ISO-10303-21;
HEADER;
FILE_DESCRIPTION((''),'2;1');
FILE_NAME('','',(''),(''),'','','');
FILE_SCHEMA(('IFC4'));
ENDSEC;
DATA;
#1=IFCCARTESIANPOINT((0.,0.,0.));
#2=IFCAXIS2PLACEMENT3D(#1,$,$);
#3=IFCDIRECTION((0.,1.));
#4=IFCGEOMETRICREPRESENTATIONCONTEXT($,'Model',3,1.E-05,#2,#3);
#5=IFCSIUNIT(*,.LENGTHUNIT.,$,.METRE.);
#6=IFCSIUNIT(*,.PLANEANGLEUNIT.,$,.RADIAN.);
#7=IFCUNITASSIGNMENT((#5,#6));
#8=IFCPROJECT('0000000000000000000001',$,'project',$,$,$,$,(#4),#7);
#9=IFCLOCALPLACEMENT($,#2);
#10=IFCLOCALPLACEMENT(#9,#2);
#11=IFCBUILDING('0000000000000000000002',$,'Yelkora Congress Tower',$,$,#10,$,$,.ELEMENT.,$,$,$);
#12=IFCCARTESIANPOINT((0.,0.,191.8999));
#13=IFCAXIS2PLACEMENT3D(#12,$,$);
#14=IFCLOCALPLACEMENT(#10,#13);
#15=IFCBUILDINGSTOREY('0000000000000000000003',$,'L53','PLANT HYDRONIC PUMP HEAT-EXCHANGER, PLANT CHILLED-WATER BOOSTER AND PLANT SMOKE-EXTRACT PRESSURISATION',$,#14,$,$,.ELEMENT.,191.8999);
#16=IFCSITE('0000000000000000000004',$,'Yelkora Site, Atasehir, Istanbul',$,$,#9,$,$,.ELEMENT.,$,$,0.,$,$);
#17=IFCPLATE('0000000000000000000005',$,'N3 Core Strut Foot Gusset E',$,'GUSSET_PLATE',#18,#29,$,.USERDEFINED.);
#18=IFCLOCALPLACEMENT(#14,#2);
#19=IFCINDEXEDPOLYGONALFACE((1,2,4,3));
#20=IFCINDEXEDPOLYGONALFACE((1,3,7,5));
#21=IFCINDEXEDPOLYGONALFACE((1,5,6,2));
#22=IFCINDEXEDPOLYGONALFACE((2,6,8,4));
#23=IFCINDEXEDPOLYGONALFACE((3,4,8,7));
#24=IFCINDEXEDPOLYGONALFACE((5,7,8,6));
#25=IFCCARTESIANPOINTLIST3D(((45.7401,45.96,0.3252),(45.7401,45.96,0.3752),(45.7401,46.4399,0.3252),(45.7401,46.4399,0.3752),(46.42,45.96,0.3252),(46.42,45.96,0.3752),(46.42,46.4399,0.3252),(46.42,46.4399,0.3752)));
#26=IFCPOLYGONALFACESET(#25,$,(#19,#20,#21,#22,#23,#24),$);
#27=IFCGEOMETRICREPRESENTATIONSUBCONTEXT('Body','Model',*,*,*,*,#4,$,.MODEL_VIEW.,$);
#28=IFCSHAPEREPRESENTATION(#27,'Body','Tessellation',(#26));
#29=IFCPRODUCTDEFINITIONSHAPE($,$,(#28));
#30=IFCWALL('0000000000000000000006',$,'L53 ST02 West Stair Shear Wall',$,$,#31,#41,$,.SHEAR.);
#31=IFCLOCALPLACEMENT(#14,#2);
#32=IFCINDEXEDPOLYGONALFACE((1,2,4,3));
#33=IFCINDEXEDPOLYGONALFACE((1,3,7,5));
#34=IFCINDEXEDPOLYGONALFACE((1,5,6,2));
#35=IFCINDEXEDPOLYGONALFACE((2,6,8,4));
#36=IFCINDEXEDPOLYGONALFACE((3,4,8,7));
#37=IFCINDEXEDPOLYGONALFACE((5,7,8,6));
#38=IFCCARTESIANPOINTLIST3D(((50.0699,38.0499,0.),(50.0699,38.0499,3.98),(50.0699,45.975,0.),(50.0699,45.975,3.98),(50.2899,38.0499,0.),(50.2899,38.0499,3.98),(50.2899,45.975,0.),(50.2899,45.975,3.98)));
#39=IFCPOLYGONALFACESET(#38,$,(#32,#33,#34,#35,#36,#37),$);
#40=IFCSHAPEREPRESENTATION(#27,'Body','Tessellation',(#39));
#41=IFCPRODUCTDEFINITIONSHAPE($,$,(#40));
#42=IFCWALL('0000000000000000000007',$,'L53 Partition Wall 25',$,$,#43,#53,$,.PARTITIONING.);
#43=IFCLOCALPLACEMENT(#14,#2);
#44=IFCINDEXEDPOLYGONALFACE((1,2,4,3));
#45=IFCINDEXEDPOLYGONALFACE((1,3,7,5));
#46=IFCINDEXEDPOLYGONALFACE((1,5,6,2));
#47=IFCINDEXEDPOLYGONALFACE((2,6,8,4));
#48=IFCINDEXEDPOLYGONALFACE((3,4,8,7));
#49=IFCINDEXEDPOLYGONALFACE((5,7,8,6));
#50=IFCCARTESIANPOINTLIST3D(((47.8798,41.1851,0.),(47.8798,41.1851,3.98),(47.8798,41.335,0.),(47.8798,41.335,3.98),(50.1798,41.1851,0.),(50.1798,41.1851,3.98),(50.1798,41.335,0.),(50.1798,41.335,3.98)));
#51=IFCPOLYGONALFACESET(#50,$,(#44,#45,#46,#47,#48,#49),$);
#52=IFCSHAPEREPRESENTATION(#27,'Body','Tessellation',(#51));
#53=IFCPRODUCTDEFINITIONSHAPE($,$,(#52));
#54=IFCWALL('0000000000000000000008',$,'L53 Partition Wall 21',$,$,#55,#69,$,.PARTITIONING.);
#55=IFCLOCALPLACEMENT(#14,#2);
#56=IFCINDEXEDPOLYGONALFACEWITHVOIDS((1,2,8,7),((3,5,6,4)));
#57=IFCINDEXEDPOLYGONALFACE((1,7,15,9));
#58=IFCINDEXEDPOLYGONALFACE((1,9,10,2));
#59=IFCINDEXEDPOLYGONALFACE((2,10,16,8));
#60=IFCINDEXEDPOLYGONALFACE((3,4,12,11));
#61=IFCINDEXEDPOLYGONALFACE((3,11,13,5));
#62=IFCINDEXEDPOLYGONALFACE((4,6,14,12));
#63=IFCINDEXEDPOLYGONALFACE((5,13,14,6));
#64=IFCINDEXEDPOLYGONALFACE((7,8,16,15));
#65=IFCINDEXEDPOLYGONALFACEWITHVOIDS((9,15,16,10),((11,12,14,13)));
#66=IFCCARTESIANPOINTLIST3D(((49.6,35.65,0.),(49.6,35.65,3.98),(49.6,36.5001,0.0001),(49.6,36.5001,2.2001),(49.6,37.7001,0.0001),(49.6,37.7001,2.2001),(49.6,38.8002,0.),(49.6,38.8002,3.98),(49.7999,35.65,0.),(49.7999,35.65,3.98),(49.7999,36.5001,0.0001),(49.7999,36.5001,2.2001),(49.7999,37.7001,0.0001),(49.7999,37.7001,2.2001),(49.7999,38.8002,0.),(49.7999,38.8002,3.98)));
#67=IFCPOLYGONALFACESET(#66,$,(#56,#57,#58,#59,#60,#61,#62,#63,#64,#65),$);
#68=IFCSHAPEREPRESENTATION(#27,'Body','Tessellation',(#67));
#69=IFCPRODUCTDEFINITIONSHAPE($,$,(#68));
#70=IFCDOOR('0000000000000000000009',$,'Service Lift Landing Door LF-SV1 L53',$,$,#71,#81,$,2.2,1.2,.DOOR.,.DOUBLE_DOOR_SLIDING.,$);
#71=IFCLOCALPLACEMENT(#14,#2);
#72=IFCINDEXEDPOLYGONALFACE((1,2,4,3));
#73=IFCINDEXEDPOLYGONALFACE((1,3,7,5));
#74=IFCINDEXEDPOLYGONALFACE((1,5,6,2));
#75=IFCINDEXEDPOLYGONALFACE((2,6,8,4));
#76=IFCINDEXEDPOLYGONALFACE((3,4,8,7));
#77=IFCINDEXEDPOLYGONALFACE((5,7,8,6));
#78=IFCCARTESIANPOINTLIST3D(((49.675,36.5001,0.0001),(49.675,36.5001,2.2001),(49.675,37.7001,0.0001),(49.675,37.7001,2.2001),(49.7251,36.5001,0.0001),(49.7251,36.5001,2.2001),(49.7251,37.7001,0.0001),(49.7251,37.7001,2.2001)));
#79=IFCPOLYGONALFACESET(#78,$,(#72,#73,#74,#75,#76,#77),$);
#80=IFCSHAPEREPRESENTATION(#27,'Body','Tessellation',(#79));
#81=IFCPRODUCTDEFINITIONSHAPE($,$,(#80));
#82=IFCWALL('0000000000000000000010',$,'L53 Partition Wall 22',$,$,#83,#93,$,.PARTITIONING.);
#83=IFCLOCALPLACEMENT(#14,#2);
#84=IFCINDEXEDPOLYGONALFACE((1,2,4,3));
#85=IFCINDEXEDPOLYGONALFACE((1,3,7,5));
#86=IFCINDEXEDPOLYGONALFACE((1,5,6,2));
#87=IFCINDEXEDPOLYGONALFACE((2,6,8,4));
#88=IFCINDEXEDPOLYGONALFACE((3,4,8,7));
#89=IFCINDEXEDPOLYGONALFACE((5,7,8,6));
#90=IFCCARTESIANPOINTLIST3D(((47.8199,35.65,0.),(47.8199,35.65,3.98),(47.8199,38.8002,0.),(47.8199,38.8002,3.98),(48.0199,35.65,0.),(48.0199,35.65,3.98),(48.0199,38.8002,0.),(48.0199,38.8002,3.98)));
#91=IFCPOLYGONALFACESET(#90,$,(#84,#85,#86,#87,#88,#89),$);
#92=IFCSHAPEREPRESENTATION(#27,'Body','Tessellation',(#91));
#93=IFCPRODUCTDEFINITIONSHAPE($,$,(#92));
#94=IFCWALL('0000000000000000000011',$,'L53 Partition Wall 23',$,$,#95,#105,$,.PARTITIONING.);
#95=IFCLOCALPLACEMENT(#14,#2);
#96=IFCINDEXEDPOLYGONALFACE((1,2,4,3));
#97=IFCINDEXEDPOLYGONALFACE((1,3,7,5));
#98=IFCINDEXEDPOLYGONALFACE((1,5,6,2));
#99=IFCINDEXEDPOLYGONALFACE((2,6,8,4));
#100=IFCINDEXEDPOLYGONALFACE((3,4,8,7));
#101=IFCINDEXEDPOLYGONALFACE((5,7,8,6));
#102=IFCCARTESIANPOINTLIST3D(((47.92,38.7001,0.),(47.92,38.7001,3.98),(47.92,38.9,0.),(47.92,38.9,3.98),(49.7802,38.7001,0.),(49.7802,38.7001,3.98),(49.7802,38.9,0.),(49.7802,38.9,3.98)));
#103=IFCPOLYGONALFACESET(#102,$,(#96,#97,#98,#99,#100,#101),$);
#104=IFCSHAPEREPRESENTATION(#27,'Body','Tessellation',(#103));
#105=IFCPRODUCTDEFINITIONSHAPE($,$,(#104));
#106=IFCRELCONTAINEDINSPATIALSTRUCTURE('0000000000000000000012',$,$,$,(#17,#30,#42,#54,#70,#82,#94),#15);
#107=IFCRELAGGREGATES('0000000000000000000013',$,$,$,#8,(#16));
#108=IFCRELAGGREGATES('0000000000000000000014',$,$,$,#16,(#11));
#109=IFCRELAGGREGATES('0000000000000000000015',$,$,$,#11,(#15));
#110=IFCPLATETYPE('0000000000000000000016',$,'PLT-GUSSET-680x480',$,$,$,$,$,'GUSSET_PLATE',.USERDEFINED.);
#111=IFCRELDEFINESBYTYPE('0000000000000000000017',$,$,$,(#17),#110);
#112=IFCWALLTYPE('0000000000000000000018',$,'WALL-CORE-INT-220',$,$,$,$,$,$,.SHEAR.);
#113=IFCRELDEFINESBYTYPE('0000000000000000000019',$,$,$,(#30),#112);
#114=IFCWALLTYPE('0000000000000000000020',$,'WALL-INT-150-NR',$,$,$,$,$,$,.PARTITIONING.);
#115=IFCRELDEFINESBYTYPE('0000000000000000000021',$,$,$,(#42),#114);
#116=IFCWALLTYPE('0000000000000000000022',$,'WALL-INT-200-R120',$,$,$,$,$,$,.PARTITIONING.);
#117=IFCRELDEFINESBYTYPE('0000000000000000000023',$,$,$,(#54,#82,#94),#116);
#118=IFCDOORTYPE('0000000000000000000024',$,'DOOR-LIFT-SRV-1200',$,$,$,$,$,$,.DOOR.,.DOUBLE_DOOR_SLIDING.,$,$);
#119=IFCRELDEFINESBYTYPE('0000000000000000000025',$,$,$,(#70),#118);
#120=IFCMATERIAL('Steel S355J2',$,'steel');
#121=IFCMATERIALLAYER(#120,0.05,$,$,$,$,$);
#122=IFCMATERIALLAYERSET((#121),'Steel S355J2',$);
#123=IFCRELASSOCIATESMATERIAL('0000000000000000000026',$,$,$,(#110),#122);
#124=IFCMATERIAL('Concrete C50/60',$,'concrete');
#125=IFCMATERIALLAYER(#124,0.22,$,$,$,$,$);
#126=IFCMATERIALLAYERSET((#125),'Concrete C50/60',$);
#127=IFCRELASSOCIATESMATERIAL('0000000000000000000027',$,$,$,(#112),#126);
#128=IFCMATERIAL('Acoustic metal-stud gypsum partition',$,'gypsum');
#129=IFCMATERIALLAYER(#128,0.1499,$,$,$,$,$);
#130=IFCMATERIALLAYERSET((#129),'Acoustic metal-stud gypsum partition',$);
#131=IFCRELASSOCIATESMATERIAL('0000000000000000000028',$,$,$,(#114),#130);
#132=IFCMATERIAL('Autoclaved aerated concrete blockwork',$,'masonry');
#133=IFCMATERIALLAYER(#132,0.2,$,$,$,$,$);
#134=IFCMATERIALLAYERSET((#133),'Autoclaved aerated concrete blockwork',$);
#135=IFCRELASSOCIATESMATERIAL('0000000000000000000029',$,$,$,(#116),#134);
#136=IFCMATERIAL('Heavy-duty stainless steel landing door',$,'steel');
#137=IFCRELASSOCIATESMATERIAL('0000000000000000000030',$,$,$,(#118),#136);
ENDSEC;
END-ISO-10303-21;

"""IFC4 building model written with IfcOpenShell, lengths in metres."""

from ifc_helpers import new_model, si_unit, direction, frame, frame_2d, origin, origin_2d, place, context, subcontext, project, spatial, rectangle, extrude, material, layer, layer_set, type_object, element, fill, save


model = new_model("IFC4")

# Units and contexts
model_context = context("Model", 3, precision=1e-05, world=origin(), true_north=direction((0.0, 1.0)))
body_context = subcontext(model_context, "Body", "Model", "MODEL_VIEW")
ifc_project = project(units=[si_unit("LENGTHUNIT", "METRE"), si_unit("PLANEANGLEUNIT", "RADIAN")], contexts=[model_context])

# Site, building, storey
site_placement = place(None, origin())
site = spatial("IfcSite", under=ifc_project, at=site_placement, Name="Yelkora Site, Atasehir, Istanbul", CompositionType="ELEMENT", RefElevation=0.0)
building_placement = place(site_placement, origin())
building = spatial("IfcBuilding", under=site, at=building_placement, Name="Yelkora Congress Tower", CompositionType="ELEMENT")
storey_placement = place(building_placement, frame((0.0, 0.0, 191.8999)))
storey = spatial("IfcBuildingStorey", under=building, at=storey_placement, Name="L53", Description="PLANT HYDRONIC PUMP HEAT-EXCHANGER, PLANT CHILLED-WATER BOOSTER AND PLANT SMOKE-EXTRACT PRESSURISATION", CompositionType="ELEMENT", Elevation=191.8999)

# Shared definitions
ifc_material_1 = material(Name="Steel S355J2", Category="steel")

# Plate
ifc_layer_1 = layer(ifc_material_1, 0.05)
ifc_layer_set_1 = layer_set([ifc_layer_1], Name="Steel S355J2")
plate_type = type_object("IfcPlateType", Name="PLT-GUSSET-680x480", ElementType="GUSSET_PLATE", PredefinedType="USERDEFINED", material=ifc_layer_set_1)
plate_placement = place(storey_placement, frame((46.0801, 46.2, 0.3252), z_axis=(0.0, 0.0, 1.0), x_axis=(1.0, 0.0, 0.0)))
element("IfcPlate", 1, at=plate_placement, inside=storey, type_object=plate_type, Name="N3 Core Strut Foot Gusset E", ObjectType="GUSSET_PLATE", PredefinedType="USERDEFINED", context=body_context, shape_type="SweptSolid", body=[
    extrude(rectangle(XDim=0.6799, YDim=0.48, at=origin_2d()), origin(), (0.0, 0.0, 1.0), 0.05),
])

# Walls
ifc_material_2 = material(Name="Concrete C50/60", Category="concrete")
ifc_layer_2 = layer(ifc_material_2, 0.22)
ifc_layer_set_2 = layer_set([ifc_layer_2], Name="Concrete C50/60")
wall_type_1 = type_object("IfcWallType", Name="WALL-CORE-INT-220", PredefinedType="SHEAR", material=ifc_layer_set_2)
wall_1_placement = place(storey_placement, frame((50.1799, 38.05, 0.0), z_axis=(0.0, 0.0, 1.0), x_axis=(0.0, 1.0, 0.0)))
element("IfcWall", 2, at=wall_1_placement, inside=storey, type_object=wall_type_1, Name="L53 ST02 West Stair Shear Wall", PredefinedType="SHEAR", context=body_context, shape_type="SweptSolid", body=[
    extrude(rectangle(XDim=7.925, YDim=0.22, at=frame_2d((3.9624, 0.0))), origin(), (0.0, 0.0, 1.0), 3.98),
])
ifc_material_3 = material(Name="Acoustic metal-stud gypsum partition", Category="gypsum")
ifc_layer_3 = layer(ifc_material_3, 0.1499)
ifc_layer_set_3 = layer_set([ifc_layer_3], Name="Acoustic metal-stud gypsum partition")
wall_type_2 = type_object("IfcWallType", Name="WALL-INT-150-NR", PredefinedType="PARTITIONING", material=ifc_layer_set_3)
wall_2_placement = place(storey_placement, frame((47.8799, 41.26, 0.0), z_axis=(0.0, 0.0, 1.0), x_axis=(1.0, 0.0, 0.0)))
element("IfcWall", 3, at=wall_2_placement, inside=storey, type_object=wall_type_2, Name="L53 Partition Wall 25", PredefinedType="PARTITIONING", context=body_context, shape_type="SweptSolid", body=[
    extrude(rectangle(XDim=2.3, YDim=0.1499, at=frame_2d((1.1499, 0.0))), origin(), (0.0, 0.0, 1.0), 3.98),
])

# Wall, opening, door
ifc_material_4 = material(Name="Autoclaved aerated concrete blockwork", Category="masonry")
ifc_layer_4 = layer(ifc_material_4, 0.2)
ifc_layer_set_4 = layer_set([ifc_layer_4], Name="Autoclaved aerated concrete blockwork")
wall_type_3 = type_object("IfcWallType", Name="WALL-INT-200-R120", PredefinedType="PARTITIONING", material=ifc_layer_set_4)
wall_3_placement = place(storey_placement, frame((49.7, 35.6499, 0.0), z_axis=(0.0, 0.0, 1.0), x_axis=(0.0, 1.0, 0.0)))
wall_3 = element("IfcWall", 4, at=wall_3_placement, inside=storey, type_object=wall_type_3, Name="L53 Partition Wall 21", PredefinedType="PARTITIONING", context=body_context, shape_type="SweptSolid", body=[
    extrude(rectangle(XDim=3.1501, YDim=0.2, at=frame_2d((1.5752, 0.0))), origin(), (0.0, 0.0, 1.0), 3.98),
])
opening_1_placement = place(wall_3_placement, frame((0.8501, 0.0, 0.0)))
opening_1 = element("IfcOpeningElement", 5, at=opening_1_placement, cuts=wall_3, PredefinedType="OPENING", context=body_context, shape_type="SweptSolid", body=[
    extrude(rectangle(XDim=1.2, YDim=2.2, at=frame_2d((0.6001, 1.1001))), frame((0.0, 0.1099, 0.0), z_axis=(0.0, -1.0, 0.0), x_axis=(1.0, 0.0, 0.0)), (0.0, 0.0, 1.0), 0.22),
])
ifc_material_5 = material(Name="Heavy-duty stainless steel landing door", Category="steel")
door_type_1 = type_object("IfcDoorType", Name="DOOR-LIFT-SRV-1200", OperationType="DOUBLE_DOOR_SLIDING", PredefinedType="DOOR", material=ifc_material_5)
door_1_placement = place(opening_1_placement, origin())
door_1 = element("IfcDoor", 6, at=door_1_placement, inside=storey, type_object=door_type_1, Name="Service Lift Landing Door LF-SV1 L53", OperationType="DOUBLE_DOOR_SLIDING", OverallHeight=2.2, OverallWidth=1.2, PredefinedType="DOOR", context=body_context, shape_type="SweptSolid", body=[
    extrude(rectangle(XDim=1.2, YDim=2.2, at=frame_2d((0.6001, 1.1001))), frame((0.0, 0.0249, 0.0), z_axis=(0.0, -1.0, 0.0), x_axis=(1.0, 0.0, 0.0)), (0.0, 0.0, 1.0), 0.05),
])
fill(opening_1, door_1)

# Walls
wall_4_placement = place(storey_placement, frame((47.9199, 35.6499, 0.0), z_axis=(0.0, 0.0, 1.0), x_axis=(0.0, 1.0, 0.0)))
element("IfcWall", 7, at=wall_4_placement, inside=storey, type_object=wall_type_3, Name="L53 Partition Wall 22", PredefinedType="PARTITIONING", context=body_context, shape_type="SweptSolid", body=[
    extrude(rectangle(XDim=3.1501, YDim=0.2, at=frame_2d((1.5752, 0.0))), origin(), (0.0, 0.0, 1.0), 3.98),
])
wall_5_placement = place(storey_placement, frame((47.9199, 38.8, 0.0), z_axis=(0.0, 0.0, 1.0), x_axis=(1.0, 0.0, 0.0)))
element("IfcWall", 8, at=wall_5_placement, inside=storey, type_object=wall_type_3, Name="L53 Partition Wall 23", PredefinedType="PARTITIONING", context=body_context, shape_type="SweptSolid", body=[
    extrude(rectangle(XDim=1.8601, YDim=0.2, at=frame_2d((0.9302, 0.0))), origin(), (0.0, 0.0, 1.0), 3.98),
])

save(model, "model.ifc")
